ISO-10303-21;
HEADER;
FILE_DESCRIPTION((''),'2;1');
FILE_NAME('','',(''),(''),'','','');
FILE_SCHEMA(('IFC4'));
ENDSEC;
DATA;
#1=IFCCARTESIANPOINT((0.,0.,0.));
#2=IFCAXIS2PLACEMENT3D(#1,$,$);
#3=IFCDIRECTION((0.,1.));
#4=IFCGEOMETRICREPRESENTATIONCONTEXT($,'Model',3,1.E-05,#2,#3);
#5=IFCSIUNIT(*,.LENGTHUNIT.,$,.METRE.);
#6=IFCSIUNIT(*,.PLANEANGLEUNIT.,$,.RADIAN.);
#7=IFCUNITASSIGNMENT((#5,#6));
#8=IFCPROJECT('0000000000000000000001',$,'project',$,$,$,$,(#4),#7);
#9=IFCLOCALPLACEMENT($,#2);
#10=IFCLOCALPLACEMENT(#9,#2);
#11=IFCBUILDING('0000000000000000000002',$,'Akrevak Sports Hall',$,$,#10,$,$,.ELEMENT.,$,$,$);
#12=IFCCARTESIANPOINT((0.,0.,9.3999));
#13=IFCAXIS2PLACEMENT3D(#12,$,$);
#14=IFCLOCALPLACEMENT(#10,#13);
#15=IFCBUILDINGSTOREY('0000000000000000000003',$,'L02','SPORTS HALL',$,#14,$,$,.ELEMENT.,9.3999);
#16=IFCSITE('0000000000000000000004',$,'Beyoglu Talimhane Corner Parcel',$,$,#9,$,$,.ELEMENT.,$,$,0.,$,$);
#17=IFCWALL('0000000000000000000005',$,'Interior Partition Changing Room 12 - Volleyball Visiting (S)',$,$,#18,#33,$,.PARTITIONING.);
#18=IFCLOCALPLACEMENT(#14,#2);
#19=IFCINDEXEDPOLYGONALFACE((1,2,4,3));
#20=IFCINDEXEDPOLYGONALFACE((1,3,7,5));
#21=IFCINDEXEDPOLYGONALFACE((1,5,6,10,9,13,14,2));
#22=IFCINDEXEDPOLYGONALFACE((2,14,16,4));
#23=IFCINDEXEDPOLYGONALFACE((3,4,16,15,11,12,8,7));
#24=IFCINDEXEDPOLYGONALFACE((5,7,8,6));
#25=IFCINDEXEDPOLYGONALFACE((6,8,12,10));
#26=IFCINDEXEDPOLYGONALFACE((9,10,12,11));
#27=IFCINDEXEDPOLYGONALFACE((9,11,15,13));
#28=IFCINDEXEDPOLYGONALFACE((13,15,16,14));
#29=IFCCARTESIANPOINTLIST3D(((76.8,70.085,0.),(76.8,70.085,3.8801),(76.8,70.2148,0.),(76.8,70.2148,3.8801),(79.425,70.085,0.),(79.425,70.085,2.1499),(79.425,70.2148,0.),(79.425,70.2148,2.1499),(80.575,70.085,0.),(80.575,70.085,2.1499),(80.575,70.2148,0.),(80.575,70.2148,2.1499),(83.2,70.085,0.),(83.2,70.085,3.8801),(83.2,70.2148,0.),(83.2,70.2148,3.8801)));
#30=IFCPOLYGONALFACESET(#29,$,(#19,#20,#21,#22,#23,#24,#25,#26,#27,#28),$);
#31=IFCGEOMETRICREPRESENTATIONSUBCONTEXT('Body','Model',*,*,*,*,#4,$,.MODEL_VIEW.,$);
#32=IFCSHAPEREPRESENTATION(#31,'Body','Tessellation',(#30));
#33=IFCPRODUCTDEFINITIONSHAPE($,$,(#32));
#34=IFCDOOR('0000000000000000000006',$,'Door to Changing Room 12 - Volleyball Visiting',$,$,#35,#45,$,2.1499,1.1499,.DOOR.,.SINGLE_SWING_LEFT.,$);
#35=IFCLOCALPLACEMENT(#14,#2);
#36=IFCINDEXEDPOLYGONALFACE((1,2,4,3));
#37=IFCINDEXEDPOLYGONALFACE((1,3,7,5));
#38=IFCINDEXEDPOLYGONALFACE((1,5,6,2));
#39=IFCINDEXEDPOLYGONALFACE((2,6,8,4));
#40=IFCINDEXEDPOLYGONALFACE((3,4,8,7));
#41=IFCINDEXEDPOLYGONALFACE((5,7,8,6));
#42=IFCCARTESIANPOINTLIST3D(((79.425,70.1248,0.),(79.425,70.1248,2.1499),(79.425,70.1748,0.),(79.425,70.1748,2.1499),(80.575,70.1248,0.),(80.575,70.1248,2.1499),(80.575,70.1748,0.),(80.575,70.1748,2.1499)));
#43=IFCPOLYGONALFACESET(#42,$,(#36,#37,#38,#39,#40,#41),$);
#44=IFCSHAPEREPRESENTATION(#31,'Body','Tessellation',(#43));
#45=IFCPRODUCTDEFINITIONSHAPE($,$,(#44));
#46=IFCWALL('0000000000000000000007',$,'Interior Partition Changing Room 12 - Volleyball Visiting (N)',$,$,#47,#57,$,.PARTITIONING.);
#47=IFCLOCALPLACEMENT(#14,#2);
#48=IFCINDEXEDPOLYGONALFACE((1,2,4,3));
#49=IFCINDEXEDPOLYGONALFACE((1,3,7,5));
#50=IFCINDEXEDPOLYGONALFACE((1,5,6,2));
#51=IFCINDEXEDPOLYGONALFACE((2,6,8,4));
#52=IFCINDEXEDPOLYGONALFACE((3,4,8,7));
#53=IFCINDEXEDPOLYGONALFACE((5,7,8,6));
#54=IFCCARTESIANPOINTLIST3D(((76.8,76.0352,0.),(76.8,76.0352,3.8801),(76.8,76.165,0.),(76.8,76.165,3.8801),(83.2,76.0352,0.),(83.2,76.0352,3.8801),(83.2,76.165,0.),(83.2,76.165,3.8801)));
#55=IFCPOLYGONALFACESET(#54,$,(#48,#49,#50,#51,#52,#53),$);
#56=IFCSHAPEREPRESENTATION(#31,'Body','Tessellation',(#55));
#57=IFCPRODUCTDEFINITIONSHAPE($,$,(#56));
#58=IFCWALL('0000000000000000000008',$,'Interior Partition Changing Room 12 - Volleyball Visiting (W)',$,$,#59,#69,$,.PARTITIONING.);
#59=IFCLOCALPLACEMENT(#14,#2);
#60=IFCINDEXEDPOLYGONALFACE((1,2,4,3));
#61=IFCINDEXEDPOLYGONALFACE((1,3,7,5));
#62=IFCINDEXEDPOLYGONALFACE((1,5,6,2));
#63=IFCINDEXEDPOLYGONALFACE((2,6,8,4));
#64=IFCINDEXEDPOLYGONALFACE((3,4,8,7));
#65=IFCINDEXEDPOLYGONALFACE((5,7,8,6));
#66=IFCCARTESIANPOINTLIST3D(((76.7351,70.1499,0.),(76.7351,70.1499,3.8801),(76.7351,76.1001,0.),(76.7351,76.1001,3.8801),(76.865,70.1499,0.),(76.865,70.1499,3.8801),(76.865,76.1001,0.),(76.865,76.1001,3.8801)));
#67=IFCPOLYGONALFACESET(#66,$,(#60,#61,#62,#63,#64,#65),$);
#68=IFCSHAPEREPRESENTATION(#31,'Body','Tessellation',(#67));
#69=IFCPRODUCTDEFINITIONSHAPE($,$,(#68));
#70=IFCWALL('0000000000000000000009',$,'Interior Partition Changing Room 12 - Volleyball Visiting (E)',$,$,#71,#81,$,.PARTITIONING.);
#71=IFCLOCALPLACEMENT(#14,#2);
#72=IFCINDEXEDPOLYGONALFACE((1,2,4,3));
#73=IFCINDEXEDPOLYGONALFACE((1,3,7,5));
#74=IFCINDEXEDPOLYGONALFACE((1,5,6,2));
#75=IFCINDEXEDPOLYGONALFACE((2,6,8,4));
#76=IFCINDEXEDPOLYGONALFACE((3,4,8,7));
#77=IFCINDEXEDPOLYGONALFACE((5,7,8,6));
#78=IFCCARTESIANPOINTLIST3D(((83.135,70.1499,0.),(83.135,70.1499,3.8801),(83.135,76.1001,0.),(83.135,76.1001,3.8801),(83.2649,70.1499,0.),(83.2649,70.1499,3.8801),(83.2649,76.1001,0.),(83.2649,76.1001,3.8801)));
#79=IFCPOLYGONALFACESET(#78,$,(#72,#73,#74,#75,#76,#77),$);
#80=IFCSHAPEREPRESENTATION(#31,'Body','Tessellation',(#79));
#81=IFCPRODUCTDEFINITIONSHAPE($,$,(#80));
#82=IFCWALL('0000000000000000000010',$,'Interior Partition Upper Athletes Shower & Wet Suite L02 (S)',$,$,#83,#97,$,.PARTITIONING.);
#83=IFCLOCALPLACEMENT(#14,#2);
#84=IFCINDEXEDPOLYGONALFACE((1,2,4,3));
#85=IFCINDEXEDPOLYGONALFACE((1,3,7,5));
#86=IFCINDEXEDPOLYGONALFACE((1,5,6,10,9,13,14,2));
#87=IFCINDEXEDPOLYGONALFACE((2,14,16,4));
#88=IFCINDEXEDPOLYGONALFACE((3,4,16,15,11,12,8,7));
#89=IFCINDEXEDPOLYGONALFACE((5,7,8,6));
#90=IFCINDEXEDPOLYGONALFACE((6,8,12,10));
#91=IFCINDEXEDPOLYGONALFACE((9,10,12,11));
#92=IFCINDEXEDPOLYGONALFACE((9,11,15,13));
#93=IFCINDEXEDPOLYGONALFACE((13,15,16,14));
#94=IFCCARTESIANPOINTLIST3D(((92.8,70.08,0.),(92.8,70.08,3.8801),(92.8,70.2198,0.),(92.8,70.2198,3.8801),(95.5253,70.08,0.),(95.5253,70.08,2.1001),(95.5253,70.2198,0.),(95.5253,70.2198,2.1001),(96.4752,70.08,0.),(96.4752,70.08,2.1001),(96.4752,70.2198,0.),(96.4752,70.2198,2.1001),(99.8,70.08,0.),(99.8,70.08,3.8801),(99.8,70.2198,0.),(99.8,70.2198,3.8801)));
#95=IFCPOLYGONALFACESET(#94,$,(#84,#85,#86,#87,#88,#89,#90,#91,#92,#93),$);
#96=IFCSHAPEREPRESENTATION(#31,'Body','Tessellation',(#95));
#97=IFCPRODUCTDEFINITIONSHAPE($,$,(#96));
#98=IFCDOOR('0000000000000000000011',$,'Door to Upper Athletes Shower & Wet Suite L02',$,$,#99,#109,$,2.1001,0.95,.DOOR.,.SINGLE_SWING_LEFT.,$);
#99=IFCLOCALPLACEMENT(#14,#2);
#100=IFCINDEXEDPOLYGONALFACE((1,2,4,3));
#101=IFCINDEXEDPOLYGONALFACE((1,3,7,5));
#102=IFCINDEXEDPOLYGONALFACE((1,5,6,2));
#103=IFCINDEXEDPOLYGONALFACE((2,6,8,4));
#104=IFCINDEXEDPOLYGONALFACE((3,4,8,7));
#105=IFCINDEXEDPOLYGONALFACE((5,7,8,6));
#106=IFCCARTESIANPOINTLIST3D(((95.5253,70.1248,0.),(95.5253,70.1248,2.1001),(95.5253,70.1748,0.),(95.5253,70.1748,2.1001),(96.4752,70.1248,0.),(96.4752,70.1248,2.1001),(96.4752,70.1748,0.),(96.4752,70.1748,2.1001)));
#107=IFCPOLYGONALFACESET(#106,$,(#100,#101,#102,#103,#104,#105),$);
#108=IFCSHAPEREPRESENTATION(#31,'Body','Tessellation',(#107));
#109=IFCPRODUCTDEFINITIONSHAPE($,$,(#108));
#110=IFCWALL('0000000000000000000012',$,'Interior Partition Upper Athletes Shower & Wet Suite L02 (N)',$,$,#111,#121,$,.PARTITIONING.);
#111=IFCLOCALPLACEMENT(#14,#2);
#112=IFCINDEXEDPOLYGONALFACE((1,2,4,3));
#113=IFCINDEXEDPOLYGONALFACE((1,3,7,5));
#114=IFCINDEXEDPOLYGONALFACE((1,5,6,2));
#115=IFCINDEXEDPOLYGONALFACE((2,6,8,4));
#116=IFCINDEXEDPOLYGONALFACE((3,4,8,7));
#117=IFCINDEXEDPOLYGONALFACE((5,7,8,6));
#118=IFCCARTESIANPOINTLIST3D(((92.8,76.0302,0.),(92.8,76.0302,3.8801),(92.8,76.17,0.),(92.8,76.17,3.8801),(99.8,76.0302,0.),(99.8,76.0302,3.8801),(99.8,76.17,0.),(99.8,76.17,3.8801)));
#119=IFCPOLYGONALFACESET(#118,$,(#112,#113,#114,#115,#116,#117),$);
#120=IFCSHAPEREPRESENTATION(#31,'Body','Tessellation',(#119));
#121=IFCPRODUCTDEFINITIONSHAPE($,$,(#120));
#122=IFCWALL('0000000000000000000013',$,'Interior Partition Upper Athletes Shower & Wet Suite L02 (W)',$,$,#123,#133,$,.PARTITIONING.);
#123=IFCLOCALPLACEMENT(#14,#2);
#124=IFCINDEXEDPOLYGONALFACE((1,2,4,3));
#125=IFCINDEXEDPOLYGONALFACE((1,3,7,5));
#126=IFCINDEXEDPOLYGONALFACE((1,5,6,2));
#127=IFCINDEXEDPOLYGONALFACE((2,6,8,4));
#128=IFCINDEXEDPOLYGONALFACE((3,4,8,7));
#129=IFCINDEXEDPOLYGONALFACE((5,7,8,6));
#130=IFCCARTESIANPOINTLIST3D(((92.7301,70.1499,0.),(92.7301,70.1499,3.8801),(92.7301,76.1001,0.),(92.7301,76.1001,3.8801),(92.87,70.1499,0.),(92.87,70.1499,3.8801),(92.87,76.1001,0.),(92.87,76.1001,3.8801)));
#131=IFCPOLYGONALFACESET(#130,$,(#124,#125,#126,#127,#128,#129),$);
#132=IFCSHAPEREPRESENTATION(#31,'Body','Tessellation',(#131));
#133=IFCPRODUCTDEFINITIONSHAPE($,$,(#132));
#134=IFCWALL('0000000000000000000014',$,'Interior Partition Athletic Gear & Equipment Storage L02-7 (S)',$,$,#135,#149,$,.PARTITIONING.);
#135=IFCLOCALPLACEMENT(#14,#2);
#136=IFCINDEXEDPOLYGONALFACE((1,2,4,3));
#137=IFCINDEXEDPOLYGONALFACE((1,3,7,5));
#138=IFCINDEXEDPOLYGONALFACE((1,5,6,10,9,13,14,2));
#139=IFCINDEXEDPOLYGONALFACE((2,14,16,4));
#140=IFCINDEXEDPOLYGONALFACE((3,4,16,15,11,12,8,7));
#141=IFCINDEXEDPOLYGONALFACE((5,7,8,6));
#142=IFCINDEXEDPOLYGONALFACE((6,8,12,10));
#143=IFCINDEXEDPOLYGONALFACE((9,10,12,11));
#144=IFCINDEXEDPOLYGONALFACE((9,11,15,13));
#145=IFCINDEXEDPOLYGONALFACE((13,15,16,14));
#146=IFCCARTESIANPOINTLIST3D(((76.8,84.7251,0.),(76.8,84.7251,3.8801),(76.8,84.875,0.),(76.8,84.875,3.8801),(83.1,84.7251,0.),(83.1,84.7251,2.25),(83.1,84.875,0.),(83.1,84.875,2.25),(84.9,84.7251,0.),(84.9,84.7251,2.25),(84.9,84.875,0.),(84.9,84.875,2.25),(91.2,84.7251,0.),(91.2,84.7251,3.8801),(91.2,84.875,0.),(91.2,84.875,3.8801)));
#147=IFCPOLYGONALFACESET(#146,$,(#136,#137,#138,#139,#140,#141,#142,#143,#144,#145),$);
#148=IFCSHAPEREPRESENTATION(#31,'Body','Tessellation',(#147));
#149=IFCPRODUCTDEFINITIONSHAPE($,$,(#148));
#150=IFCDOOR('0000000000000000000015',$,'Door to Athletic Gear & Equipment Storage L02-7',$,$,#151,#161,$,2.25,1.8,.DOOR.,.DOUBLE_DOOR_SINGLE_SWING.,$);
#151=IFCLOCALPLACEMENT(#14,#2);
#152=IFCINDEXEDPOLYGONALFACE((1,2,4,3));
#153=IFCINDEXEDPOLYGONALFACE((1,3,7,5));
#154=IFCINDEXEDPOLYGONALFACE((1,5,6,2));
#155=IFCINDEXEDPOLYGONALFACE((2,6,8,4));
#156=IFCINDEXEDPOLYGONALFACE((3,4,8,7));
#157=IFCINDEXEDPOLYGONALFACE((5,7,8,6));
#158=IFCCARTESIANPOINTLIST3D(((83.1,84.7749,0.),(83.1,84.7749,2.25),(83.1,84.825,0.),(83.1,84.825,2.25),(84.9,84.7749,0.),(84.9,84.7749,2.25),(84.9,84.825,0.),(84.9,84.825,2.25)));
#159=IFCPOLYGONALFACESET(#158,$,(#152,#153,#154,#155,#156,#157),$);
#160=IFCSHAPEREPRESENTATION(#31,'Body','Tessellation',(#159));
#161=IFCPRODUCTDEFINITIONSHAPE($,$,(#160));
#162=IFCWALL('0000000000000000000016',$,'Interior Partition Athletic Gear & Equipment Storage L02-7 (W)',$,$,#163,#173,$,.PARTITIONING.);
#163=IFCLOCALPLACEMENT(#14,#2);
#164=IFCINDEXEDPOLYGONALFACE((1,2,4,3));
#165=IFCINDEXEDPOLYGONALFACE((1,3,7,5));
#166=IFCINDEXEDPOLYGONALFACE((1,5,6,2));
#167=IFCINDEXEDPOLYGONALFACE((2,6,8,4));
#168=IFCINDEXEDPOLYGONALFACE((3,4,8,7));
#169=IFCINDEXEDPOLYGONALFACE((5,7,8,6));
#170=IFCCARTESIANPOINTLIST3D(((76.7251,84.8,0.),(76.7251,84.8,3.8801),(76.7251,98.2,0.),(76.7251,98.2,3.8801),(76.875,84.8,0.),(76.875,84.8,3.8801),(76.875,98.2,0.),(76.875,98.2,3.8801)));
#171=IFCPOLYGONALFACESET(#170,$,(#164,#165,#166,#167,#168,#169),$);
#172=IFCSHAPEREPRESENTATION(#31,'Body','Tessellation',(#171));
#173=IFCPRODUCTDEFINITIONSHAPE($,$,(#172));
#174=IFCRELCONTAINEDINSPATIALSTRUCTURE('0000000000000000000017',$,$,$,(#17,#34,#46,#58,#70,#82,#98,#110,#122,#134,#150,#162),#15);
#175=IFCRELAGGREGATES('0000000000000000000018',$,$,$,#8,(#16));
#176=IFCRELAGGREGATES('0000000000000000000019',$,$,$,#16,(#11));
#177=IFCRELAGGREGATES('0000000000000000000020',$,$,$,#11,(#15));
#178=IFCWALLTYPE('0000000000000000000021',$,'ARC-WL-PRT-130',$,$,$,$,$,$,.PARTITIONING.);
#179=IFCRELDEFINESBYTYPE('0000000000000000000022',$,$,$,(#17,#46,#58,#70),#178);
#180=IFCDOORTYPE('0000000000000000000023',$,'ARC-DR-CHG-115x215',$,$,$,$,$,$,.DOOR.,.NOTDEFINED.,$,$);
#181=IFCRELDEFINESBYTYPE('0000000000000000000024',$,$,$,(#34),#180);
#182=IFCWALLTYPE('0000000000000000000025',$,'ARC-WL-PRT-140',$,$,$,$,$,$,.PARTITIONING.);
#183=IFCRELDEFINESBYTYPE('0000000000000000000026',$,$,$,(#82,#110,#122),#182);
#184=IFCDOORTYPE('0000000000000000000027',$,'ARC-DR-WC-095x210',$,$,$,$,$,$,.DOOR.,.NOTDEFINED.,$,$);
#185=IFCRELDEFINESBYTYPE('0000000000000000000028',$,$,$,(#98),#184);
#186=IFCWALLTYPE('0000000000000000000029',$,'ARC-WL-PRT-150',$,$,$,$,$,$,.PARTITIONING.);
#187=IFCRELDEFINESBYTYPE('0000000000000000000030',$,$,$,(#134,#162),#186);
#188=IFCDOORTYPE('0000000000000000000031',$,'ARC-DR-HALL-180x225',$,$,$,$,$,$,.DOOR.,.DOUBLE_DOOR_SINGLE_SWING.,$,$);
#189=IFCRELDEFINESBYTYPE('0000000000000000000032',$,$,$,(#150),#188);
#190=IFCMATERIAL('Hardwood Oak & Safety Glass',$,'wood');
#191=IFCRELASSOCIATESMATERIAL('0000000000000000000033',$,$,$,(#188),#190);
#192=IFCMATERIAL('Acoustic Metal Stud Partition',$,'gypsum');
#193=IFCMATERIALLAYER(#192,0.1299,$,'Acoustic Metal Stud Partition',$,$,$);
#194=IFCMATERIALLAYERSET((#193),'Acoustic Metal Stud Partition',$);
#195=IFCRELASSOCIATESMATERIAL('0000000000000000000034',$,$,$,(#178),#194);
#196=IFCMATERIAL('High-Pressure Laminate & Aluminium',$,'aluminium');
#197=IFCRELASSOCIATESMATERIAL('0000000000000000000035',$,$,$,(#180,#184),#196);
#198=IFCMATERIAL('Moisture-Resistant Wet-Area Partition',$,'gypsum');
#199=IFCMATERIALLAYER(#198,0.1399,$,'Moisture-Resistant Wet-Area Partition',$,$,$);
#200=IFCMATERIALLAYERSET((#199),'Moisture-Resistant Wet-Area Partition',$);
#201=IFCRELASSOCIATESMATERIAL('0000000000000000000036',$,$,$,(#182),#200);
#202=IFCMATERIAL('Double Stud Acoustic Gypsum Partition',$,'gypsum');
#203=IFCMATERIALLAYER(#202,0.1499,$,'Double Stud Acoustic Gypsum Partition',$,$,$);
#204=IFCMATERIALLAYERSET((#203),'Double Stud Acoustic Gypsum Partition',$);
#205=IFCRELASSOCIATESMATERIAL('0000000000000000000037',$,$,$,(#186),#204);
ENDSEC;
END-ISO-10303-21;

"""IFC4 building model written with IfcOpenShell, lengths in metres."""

from ifc_helpers import new_model, si_unit, direction, frame, frame_2d, origin, place, context, subcontext, project, spatial, rectangle, extrude, material, layer, layer_set, type_object, element, fill, save


model = new_model("IFC4")

# Units and contexts
model_context = context("Model", 3, precision=1e-05, world=origin(), true_north=direction((0.0, 1.0)))
body_context = subcontext(model_context, "Body", "Model", "MODEL_VIEW")
ifc_project = project(units=[si_unit("LENGTHUNIT", "METRE"), si_unit("PLANEANGLEUNIT", "RADIAN")], contexts=[model_context])

# Site, building, storey
site_placement = place(None, origin())
site = spatial("IfcSite", under=ifc_project, at=site_placement, Name="Beyoglu Talimhane Corner Parcel", CompositionType="ELEMENT", RefElevation=0.0)
building_placement = place(site_placement, origin())
building = spatial("IfcBuilding", under=site, at=building_placement, Name="Akrevak Sports Hall", CompositionType="ELEMENT")
storey_placement = place(building_placement, frame((0.0, 0.0, 9.3999)))
storey = spatial("IfcBuildingStorey", under=building, at=storey_placement, Name="L02", Description="SPORTS HALL", CompositionType="ELEMENT", Elevation=9.3999)

# Shared definitions
ifc_material_1 = material(Name="Hardwood Oak & Safety Glass", Category="wood")
door_type_1 = type_object("IfcDoorType", Name="ARC-DR-HALL-180x225", OperationType="DOUBLE_DOOR_SINGLE_SWING", PredefinedType="DOOR", material=ifc_material_1)

# Wall, opening, door
ifc_material_2 = material(Name="Acoustic Metal Stud Partition", Category="gypsum")
ifc_layer_1 = layer(ifc_material_2, 0.1299, Name="Acoustic Metal Stud Partition")
ifc_layer_set_1 = layer_set([ifc_layer_1], Name="Acoustic Metal Stud Partition")
wall_type_1 = type_object("IfcWallType", Name="ARC-WL-PRT-130", PredefinedType="PARTITIONING", material=ifc_layer_set_1)
wall_1_placement = place(storey_placement, frame((76.8, 70.1499, 0.0), z_axis=(0.0, 0.0, 1.0), x_axis=(1.0, 0.0, 0.0)))
wall_1 = element("IfcWall", 1, at=wall_1_placement, inside=storey, type_object=wall_type_1, Name="Interior Partition Changing Room 12 - Volleyball Visiting (S)", PredefinedType="PARTITIONING", context=body_context, shape_type="SweptSolid", body=[
    extrude(rectangle(XDim=6.3999, YDim=0.1299, at=frame_2d((3.2, 0.0))), origin(), (0.0, 0.0, 1.0), 3.8801),
])
opening_1_placement = place(wall_1_placement, frame((2.625, 0.0, 0.0)))
opening_1 = element("IfcOpeningElement", 2, at=opening_1_placement, cuts=wall_1, PredefinedType="OPENING", context=body_context, shape_type="SweptSolid", body=[
    extrude(rectangle(XDim=1.1499, YDim=2.1499, at=frame_2d((0.575, 1.075))), frame((0.0, 0.0769, 0.0), z_axis=(0.0, -1.0, 0.0), x_axis=(1.0, 0.0, 0.0)), (0.0, 0.0, 1.0), 0.1538),
])
ifc_material_3 = material(Name="High-Pressure Laminate & Aluminium", Category="aluminium")
door_type_2 = type_object("IfcDoorType", Name="ARC-DR-CHG-115x215", OperationType="NOTDEFINED", PredefinedType="DOOR", material=ifc_material_3)
door_1_placement = place(opening_1_placement, origin())
door_1 = element("IfcDoor", 3, at=door_1_placement, inside=storey, type_object=door_type_2, Name="Door to Changing Room 12 - Volleyball Visiting", OperationType="SINGLE_SWING_LEFT", OverallHeight=2.1499, OverallWidth=1.1499, PredefinedType="DOOR", context=body_context, shape_type="SweptSolid", body=[
    extrude(rectangle(XDim=1.1499, YDim=2.1499, at=frame_2d((0.575, 1.075))), frame((0.0, 0.0249, 0.0), z_axis=(0.0, -1.0, 0.0), x_axis=(1.0, 0.0, 0.0)), (0.0, 0.0, 1.0), 0.05),
])
fill(opening_1, door_1)

# Walls
wall_2_placement = place(storey_placement, frame((76.8, 76.1001, 0.0), z_axis=(0.0, 0.0, 1.0), x_axis=(1.0, 0.0, 0.0)))
element("IfcWall", 4, at=wall_2_placement, inside=storey, type_object=wall_type_1, Name="Interior Partition Changing Room 12 - Volleyball Visiting (N)", PredefinedType="PARTITIONING", context=body_context, shape_type="SweptSolid", body=[
    extrude(rectangle(XDim=6.3999, YDim=0.1299, at=frame_2d((3.2, 0.0))), origin(), (0.0, 0.0, 1.0), 3.8801),
])
for number, where, z_axis, x_axis, name in (
    (5, (76.8, 70.1499, 0.0), (0.0, 0.0, 1.0), (0.0, 1.0, 0.0), "Interior Partition Changing Room 12 - Volleyball Visiting (W)"),
    (6, (83.2, 70.1499, 0.0), (0.0, 0.0, 1.0), (0.0, 1.0, 0.0), "Interior Partition Changing Room 12 - Volleyball Visiting (E)"),
):
    element("IfcWall", number, at=place(storey_placement, frame(where, z_axis=z_axis, x_axis=x_axis)), inside=storey, type_object=wall_type_1, Name=name, PredefinedType="PARTITIONING", context=body_context, shape_type="SweptSolid", body=[
        extrude(rectangle(XDim=5.9502, YDim=0.1299, at=frame_2d((2.9751, 0.0))), origin(), (0.0, 0.0, 1.0), 3.8801),
    ])

# Wall, opening, door
ifc_material_4 = material(Name="Moisture-Resistant Wet-Area Partition", Category="gypsum")
ifc_layer_2 = layer(ifc_material_4, 0.1399, Name="Moisture-Resistant Wet-Area Partition")
ifc_layer_set_2 = layer_set([ifc_layer_2], Name="Moisture-Resistant Wet-Area Partition")
wall_type_2 = type_object("IfcWallType", Name="ARC-WL-PRT-140", PredefinedType="PARTITIONING", material=ifc_layer_set_2)
wall_3_placement = place(storey_placement, frame((92.8, 70.1499, 0.0), z_axis=(0.0, 0.0, 1.0), x_axis=(1.0, 0.0, 0.0)))
wall_3 = element("IfcWall", 7, at=wall_3_placement, inside=storey, type_object=wall_type_2, Name="Interior Partition Upper Athletes Shower & Wet Suite L02 (S)", PredefinedType="PARTITIONING", context=body_context, shape_type="SweptSolid", body=[
    extrude(rectangle(XDim=7.0, YDim=0.1399, at=frame_2d((3.5, 0.0))), origin(), (0.0, 0.0, 1.0), 3.8801),
])
opening_2_placement = place(wall_3_placement, frame((2.7251, 0.0, 0.0)))
opening_2 = element("IfcOpeningElement", 8, at=opening_2_placement, cuts=wall_3, PredefinedType="OPENING", context=body_context, shape_type="SweptSolid", body=[
    extrude(rectangle(XDim=0.95, YDim=2.1001, at=frame_2d((0.4751, 1.05))), frame((0.0, 0.082, 0.0), z_axis=(0.0, -1.0, 0.0), x_axis=(1.0, 0.0, 0.0)), (0.0, 0.0, 1.0), 0.1638),
])
door_type_3 = type_object("IfcDoorType", Name="ARC-DR-WC-095x210", OperationType="NOTDEFINED", PredefinedType="DOOR", material=ifc_material_3)
door_2_placement = place(opening_2_placement, origin())
door_2 = element("IfcDoor", 9, at=door_2_placement, inside=storey, type_object=door_type_3, Name="Door to Upper Athletes Shower & Wet Suite L02", OperationType="SINGLE_SWING_LEFT", OverallHeight=2.1001, OverallWidth=0.95, PredefinedType="DOOR", context=body_context, shape_type="SweptSolid", body=[
    extrude(rectangle(XDim=0.95, YDim=2.1001, at=frame_2d((0.4751, 1.05))), frame((0.0, 0.0249, 0.0), z_axis=(0.0, -1.0, 0.0), x_axis=(1.0, 0.0, 0.0)), (0.0, 0.0, 1.0), 0.05),
])
fill(opening_2, door_2)

# Walls
wall_4_placement = place(storey_placement, frame((92.8, 76.1001, 0.0), z_axis=(0.0, 0.0, 1.0), x_axis=(1.0, 0.0, 0.0)))
element("IfcWall", 10, at=wall_4_placement, inside=storey, type_object=wall_type_2, Name="Interior Partition Upper Athletes Shower & Wet Suite L02 (N)", PredefinedType="PARTITIONING", context=body_context, shape_type="SweptSolid", body=[
    extrude(rectangle(XDim=7.0, YDim=0.1399, at=frame_2d((3.5, 0.0))), origin(), (0.0, 0.0, 1.0), 3.8801),
])
wall_5_placement = place(storey_placement, frame((92.8, 70.1499, 0.0), z_axis=(0.0, 0.0, 1.0), x_axis=(0.0, 1.0, 0.0)))
element("IfcWall", 11, at=wall_5_placement, inside=storey, type_object=wall_type_2, Name="Interior Partition Upper Athletes Shower & Wet Suite L02 (W)", PredefinedType="PARTITIONING", context=body_context, shape_type="SweptSolid", body=[
    extrude(rectangle(XDim=5.9502, YDim=0.1399, at=frame_2d((2.9751, 0.0))), origin(), (0.0, 0.0, 1.0), 3.8801),
])

# Wall, opening, door
ifc_material_5 = material(Name="Double Stud Acoustic Gypsum Partition", Category="gypsum")
ifc_layer_3 = layer(ifc_material_5, 0.1499, Name="Double Stud Acoustic Gypsum Partition")
ifc_layer_set_3 = layer_set([ifc_layer_3], Name="Double Stud Acoustic Gypsum Partition")
wall_type_3 = type_object("IfcWallType", Name="ARC-WL-PRT-150", PredefinedType="PARTITIONING", material=ifc_layer_set_3)
wall_6_placement = place(storey_placement, frame((76.8, 84.8, 0.0), z_axis=(0.0, 0.0, 1.0), x_axis=(1.0, 0.0, 0.0)))
wall_6 = element("IfcWall", 12, at=wall_6_placement, inside=storey, type_object=wall_type_3, Name="Interior Partition Athletic Gear & Equipment Storage L02-7 (S)", PredefinedType="PARTITIONING", context=body_context, shape_type="SweptSolid", body=[
    extrude(rectangle(XDim=14.3999, YDim=0.1499, at=frame_2d((7.2, 0.0))), origin(), (0.0, 0.0, 1.0), 3.8801),
])
opening_3_placement = place(wall_6_placement, frame((6.3, 0.0, 0.0)))
opening_3 = element("IfcOpeningElement", 13, at=opening_3_placement, cuts=wall_6, PredefinedType="OPENING", context=body_context, shape_type="SweptSolid", body=[
    extrude(rectangle(XDim=1.8, YDim=2.25, at=frame_2d((0.8999, 1.125))), frame((0.0, 0.0869, 0.0), z_axis=(0.0, -1.0, 0.0), x_axis=(1.0, 0.0, 0.0)), (0.0, 0.0, 1.0), 0.1738),
])
door_3_placement = place(opening_3_placement, origin())
door_3 = element("IfcDoor", 14, at=door_3_placement, inside=storey, type_object=door_type_1, Name="Door to Athletic Gear & Equipment Storage L02-7", OperationType="DOUBLE_DOOR_SINGLE_SWING", OverallHeight=2.25, OverallWidth=1.8, PredefinedType="DOOR", context=body_context, shape_type="SweptSolid", body=[
    extrude(rectangle(XDim=1.8, YDim=2.25, at=frame_2d((0.8999, 1.125))), frame((0.0, 0.0249, 0.0), z_axis=(0.0, -1.0, 0.0), x_axis=(1.0, 0.0, 0.0)), (0.0, 0.0, 1.0), 0.05),
])
fill(opening_3, door_3)

# Wall
for number, where, z_axis, x_axis, name in (
    (15, (76.8, 84.8, 0.0), (0.0, 0.0, 1.0), (0.0, 1.0, 0.0), "Interior Partition Athletic Gear & Equipment Storage L02-7 (W)"),
):
    element("IfcWall", number, at=place(storey_placement, frame(where, z_axis=z_axis, x_axis=x_axis)), inside=storey, type_object=wall_type_3, Name=name, PredefinedType="PARTITIONING", context=body_context, shape_type="SweptSolid", body=[
        extrude(rectangle(XDim=13.3999, YDim=0.1499, at=frame_2d((6.7, 0.0))), origin(), (0.0, 0.0, 1.0), 3.8801),
    ])

save(model, "model.ifc")
